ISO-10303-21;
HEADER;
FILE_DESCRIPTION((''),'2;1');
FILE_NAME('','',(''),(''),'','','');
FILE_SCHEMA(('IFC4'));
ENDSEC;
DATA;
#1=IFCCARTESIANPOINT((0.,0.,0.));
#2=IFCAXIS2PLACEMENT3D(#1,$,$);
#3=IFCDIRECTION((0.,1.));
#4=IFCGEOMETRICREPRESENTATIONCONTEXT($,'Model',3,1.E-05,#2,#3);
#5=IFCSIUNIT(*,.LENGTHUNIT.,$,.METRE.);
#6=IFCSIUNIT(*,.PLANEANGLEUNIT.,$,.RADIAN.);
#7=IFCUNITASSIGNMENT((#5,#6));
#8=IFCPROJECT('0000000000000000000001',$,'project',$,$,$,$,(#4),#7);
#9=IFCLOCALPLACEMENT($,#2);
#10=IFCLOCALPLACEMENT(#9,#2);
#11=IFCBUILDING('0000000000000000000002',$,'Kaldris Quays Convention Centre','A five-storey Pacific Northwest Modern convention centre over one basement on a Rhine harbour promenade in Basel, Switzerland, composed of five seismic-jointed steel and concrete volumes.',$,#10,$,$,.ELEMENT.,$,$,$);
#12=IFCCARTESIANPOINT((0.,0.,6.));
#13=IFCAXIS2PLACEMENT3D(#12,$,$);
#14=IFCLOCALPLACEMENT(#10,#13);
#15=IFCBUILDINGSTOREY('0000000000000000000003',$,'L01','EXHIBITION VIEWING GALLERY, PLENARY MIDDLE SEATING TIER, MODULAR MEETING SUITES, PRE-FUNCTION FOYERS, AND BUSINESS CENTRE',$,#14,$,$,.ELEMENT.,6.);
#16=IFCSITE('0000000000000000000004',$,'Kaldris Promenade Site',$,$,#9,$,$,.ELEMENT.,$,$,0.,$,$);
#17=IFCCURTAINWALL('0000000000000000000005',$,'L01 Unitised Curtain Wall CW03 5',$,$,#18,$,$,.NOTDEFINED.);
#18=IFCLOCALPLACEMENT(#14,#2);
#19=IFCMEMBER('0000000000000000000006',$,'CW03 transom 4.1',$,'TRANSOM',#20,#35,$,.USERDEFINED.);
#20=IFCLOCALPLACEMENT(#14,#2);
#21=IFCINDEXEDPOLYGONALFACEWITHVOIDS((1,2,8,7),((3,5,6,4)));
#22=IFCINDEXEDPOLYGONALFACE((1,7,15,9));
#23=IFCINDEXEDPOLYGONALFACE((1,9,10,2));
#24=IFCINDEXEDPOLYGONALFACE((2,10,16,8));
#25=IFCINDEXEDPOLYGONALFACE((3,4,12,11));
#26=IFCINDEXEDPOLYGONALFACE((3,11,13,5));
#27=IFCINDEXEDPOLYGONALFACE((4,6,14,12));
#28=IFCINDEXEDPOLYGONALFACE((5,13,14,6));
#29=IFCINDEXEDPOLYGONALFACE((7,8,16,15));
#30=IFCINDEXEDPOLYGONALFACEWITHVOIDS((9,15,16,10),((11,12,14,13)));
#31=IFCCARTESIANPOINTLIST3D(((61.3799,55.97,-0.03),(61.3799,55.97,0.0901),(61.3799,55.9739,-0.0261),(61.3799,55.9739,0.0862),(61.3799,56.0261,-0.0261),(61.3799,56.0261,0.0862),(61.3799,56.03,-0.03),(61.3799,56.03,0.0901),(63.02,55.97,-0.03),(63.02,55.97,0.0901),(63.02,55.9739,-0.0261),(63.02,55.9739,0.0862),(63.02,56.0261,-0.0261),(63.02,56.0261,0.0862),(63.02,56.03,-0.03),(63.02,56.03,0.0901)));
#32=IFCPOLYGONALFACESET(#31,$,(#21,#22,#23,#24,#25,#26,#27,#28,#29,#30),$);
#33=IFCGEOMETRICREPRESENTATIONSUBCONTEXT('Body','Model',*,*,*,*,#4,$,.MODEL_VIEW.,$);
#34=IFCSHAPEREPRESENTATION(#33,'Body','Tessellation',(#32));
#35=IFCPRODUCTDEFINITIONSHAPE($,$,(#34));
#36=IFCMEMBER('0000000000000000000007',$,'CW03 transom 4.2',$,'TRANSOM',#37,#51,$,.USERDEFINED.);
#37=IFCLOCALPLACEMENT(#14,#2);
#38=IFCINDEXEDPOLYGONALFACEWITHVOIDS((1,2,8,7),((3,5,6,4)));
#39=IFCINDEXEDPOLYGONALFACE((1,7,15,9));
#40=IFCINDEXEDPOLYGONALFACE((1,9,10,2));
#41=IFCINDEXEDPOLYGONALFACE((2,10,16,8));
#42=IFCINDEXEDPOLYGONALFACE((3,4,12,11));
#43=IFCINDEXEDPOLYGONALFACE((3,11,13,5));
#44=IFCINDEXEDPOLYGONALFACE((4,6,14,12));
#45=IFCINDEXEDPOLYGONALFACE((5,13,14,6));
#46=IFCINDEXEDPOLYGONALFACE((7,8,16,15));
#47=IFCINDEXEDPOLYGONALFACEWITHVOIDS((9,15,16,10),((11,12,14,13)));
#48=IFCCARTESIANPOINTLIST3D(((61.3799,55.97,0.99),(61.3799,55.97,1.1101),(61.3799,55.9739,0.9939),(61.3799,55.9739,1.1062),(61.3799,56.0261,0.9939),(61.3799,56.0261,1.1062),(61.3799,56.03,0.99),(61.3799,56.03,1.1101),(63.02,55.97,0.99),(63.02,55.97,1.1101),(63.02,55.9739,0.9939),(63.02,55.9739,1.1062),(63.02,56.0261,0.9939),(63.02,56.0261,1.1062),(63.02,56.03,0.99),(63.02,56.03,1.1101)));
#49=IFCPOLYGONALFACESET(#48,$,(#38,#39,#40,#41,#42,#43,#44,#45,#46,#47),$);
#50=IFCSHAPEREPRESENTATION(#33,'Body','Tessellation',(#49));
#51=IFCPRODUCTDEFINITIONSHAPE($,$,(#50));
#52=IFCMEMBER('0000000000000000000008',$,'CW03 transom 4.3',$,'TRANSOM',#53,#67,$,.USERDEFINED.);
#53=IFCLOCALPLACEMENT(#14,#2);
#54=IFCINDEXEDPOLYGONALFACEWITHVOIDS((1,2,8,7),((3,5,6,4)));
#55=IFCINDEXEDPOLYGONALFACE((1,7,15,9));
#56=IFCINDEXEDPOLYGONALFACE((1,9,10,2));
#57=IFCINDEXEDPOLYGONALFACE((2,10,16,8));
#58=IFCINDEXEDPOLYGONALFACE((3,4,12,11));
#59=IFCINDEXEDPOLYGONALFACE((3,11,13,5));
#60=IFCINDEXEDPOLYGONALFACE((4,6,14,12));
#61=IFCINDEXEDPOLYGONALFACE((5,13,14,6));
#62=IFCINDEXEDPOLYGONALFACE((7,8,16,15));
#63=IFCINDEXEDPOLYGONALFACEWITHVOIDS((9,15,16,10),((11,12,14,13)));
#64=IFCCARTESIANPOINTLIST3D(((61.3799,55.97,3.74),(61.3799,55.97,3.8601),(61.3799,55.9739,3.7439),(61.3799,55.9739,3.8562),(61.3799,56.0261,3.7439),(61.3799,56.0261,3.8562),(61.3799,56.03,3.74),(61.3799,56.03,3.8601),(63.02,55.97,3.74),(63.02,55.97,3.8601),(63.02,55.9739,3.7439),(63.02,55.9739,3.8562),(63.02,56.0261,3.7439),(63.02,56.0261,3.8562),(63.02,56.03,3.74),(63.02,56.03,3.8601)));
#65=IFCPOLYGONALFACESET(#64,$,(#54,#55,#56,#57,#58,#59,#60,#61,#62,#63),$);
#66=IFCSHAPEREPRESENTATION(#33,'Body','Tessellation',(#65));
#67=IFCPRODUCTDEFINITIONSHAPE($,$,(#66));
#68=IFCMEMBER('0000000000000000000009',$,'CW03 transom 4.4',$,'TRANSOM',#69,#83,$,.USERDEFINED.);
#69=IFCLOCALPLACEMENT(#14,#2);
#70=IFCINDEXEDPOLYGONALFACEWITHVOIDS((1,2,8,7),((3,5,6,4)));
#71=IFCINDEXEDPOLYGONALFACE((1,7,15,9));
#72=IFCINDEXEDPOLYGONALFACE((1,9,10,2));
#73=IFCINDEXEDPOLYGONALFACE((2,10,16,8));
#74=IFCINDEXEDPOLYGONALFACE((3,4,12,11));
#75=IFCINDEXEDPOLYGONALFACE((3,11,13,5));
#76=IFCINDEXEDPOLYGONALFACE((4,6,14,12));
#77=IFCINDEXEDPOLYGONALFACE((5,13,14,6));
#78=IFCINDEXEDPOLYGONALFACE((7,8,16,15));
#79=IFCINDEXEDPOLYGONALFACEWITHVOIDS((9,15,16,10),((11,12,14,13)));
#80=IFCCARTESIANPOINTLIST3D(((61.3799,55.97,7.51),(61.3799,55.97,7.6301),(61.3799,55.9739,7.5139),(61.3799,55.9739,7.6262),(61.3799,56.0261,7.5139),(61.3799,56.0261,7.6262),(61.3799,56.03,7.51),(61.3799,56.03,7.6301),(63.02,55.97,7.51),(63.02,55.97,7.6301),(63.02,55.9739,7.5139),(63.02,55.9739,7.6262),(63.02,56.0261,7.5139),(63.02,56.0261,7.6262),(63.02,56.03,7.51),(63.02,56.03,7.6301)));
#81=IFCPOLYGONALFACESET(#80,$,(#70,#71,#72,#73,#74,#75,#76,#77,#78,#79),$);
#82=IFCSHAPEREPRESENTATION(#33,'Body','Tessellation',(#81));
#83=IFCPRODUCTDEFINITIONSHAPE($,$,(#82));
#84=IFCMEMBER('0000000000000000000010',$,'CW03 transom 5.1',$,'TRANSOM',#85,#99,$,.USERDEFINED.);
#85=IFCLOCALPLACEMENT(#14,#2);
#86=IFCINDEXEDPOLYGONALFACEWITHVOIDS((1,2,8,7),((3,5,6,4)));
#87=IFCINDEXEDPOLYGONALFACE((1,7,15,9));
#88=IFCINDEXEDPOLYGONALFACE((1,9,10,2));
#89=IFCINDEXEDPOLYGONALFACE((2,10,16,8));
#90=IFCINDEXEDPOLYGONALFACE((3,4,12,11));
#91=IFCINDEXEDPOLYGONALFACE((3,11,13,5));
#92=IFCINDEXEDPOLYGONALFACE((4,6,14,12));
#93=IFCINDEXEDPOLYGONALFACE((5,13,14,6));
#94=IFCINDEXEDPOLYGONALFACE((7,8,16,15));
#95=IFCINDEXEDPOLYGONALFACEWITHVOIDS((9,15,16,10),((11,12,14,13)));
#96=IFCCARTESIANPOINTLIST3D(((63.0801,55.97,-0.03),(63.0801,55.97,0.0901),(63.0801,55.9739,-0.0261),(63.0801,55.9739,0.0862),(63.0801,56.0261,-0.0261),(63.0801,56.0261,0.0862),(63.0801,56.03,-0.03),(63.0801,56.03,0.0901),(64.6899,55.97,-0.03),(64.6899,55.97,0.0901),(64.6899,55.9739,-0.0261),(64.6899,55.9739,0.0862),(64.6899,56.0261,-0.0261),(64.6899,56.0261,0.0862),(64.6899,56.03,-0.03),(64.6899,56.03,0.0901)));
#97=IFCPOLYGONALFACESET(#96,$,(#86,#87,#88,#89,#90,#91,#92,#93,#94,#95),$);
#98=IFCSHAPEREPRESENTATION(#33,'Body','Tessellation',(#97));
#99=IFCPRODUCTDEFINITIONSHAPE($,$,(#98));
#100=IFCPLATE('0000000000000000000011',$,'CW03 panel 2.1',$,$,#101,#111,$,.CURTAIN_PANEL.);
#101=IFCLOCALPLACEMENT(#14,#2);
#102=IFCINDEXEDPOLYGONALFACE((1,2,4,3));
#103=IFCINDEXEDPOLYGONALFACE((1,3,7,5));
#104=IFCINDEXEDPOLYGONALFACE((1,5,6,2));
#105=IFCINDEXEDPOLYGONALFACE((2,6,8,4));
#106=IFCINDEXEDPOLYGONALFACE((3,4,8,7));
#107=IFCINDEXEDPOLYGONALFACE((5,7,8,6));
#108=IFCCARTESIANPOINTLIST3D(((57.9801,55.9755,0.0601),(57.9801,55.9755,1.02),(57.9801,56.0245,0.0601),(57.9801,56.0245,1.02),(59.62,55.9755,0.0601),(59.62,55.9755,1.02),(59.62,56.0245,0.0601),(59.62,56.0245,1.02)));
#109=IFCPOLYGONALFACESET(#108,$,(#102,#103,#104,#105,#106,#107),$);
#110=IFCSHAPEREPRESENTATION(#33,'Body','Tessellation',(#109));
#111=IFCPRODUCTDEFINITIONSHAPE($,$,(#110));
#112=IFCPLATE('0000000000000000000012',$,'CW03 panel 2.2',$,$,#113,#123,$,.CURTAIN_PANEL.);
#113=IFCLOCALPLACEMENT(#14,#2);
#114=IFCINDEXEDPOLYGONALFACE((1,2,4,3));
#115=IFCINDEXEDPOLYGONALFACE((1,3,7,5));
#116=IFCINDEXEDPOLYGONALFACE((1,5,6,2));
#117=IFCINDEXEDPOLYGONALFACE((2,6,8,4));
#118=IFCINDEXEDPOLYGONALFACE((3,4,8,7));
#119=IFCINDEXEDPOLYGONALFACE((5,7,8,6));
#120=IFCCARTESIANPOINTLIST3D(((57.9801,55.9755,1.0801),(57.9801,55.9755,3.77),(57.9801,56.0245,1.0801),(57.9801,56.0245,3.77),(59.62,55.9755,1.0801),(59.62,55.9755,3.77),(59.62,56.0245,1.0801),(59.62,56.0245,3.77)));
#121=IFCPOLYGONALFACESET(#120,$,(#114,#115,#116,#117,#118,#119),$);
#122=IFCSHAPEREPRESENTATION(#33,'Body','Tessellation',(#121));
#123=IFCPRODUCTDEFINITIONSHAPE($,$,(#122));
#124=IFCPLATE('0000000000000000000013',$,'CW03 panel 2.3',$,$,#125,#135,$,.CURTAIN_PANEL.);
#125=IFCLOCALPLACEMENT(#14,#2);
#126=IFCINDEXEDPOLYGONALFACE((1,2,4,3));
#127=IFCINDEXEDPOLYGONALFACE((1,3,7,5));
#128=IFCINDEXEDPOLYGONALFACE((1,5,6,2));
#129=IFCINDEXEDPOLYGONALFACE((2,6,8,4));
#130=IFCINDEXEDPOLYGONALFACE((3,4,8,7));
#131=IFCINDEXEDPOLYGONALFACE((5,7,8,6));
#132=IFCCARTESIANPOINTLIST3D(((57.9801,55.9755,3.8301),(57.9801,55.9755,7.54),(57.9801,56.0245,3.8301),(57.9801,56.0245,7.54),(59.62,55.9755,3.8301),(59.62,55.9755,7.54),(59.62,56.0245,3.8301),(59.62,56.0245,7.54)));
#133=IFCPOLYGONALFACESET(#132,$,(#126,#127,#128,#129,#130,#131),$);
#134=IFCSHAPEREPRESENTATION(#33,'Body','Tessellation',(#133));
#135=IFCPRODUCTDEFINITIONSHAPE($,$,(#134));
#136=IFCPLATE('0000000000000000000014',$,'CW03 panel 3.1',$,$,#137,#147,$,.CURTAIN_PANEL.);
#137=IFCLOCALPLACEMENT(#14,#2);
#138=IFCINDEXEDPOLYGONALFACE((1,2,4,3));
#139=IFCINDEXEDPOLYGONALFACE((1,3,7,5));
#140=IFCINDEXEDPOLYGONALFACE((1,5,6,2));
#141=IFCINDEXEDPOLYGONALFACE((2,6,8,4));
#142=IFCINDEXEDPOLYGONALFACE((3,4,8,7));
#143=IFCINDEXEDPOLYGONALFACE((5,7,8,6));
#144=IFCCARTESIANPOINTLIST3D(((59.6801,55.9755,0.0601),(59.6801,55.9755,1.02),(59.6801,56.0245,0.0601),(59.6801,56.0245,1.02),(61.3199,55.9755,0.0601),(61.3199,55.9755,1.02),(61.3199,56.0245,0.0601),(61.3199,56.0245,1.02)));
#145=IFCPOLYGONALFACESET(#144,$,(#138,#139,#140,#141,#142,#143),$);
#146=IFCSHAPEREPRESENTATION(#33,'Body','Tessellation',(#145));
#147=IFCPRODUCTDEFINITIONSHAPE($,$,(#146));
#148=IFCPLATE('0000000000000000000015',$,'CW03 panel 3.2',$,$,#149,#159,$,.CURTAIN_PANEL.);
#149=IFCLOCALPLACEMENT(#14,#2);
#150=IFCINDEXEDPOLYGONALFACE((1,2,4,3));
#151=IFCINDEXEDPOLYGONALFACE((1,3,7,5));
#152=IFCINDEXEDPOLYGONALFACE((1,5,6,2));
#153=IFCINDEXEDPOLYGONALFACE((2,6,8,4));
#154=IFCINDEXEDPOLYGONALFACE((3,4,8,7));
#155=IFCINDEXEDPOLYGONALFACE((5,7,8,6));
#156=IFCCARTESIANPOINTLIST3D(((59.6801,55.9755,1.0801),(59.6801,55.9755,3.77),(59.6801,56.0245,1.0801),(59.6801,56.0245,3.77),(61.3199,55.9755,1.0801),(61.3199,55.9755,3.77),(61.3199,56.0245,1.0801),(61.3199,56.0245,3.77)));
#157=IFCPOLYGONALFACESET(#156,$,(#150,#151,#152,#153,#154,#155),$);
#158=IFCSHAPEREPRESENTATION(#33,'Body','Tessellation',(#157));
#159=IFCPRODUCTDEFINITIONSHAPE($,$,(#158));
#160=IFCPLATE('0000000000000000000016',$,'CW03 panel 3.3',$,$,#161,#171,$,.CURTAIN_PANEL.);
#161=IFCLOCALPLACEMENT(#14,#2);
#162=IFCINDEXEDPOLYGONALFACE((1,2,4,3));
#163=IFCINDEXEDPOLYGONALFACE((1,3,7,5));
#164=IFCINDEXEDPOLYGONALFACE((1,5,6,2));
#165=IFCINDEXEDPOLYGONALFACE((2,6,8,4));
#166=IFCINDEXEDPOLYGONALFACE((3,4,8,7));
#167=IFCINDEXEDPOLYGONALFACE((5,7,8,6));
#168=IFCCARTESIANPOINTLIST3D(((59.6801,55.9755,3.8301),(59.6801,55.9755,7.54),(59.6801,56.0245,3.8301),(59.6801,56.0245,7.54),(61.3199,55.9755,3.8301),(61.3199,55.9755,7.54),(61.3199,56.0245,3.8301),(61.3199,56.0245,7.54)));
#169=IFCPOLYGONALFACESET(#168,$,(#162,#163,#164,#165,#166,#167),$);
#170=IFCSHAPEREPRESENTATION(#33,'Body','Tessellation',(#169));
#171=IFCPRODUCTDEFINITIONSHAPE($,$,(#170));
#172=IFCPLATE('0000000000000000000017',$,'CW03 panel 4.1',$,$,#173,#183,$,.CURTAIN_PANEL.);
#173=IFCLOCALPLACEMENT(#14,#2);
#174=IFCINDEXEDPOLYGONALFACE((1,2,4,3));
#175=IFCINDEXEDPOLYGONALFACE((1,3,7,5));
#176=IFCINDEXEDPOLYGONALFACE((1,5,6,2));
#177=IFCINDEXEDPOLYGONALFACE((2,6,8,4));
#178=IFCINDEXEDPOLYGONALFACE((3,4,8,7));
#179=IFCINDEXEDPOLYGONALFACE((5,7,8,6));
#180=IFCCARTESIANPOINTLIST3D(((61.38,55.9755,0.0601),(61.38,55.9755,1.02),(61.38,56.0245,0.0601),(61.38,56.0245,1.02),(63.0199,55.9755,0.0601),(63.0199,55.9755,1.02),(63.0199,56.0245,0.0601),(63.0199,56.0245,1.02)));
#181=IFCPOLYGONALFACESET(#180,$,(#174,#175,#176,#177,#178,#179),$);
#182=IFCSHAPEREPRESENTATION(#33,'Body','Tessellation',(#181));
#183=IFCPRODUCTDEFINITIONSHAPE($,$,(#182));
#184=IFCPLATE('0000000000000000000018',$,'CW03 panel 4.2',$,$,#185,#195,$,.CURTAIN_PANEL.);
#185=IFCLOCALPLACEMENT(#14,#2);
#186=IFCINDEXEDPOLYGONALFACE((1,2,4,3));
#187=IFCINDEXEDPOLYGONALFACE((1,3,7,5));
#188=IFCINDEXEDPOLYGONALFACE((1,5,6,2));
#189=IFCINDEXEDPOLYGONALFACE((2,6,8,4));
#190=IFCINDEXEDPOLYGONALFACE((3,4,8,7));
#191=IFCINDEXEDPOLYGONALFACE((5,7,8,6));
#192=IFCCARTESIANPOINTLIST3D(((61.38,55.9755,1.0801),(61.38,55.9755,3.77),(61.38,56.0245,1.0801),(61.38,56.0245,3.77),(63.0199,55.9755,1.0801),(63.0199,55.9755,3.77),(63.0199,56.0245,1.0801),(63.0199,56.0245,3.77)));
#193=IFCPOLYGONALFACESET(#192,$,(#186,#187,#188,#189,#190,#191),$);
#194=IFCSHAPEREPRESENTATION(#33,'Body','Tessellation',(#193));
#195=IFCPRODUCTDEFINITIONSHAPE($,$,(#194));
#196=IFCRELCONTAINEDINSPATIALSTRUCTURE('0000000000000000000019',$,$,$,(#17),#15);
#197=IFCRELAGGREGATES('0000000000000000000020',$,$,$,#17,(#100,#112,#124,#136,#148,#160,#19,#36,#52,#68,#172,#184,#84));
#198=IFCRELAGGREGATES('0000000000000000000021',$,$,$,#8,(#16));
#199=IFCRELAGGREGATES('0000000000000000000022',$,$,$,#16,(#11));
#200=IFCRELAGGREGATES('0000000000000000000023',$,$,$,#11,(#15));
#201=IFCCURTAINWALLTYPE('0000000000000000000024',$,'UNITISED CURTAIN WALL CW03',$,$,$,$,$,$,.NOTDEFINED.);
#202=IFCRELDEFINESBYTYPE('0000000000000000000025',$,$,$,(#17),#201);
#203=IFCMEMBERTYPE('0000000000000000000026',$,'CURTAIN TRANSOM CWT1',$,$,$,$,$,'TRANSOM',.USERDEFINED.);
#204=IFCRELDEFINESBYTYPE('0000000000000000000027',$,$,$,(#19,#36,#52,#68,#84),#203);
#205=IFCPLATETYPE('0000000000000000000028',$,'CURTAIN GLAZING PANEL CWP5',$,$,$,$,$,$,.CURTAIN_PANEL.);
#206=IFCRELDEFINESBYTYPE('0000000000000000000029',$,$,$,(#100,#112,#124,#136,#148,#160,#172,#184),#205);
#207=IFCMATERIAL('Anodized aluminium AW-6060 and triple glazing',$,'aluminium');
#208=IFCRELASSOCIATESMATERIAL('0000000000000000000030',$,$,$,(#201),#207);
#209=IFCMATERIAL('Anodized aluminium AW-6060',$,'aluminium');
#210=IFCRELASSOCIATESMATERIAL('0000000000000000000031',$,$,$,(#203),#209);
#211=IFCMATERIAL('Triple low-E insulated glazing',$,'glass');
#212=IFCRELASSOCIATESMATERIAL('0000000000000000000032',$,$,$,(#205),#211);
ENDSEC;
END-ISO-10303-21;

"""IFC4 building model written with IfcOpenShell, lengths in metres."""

from ifc_helpers import new_model, si_unit, direction, frame, origin, origin_2d, place, context, subcontext, project, spatial, rectangle, hollow_rectangle, extrude, material, material_profile, profile_set, type_object, element, aggregate, save


model = new_model("IFC4")

# Units and contexts
model_context = context("Model", 3, precision=1e-05, world=origin(), true_north=direction((0.0, 1.0)))
body_context = subcontext(model_context, "Body", "Model", "MODEL_VIEW")
ifc_project = project(units=[si_unit("LENGTHUNIT", "METRE"), si_unit("PLANEANGLEUNIT", "RADIAN")], contexts=[model_context])

# Site, building, storey
site_placement = place(None, origin())
site = spatial("IfcSite", under=ifc_project, at=site_placement, Name="Kaldris Promenade Site", CompositionType="ELEMENT", RefElevation=0.0)
building_placement = place(site_placement, origin())
building = spatial("IfcBuilding", under=site, at=building_placement, Name="Kaldris Quays Convention Centre", Description="A five-storey Pacific Northwest Modern convention centre over one basement on a Rhine harbour promenade in Basel, Switzerland, composed of five seismic-jointed steel and concrete volumes.", CompositionType="ELEMENT")
storey_placement = place(building_placement, frame((0.0, 0.0, 6.0)))
storey = spatial("IfcBuildingStorey", under=building, at=storey_placement, Name="L01", Description="EXHIBITION VIEWING GALLERY, PLENARY MIDDLE SEATING TIER, MODULAR MEETING SUITES, PRE-FUNCTION FOYERS, AND BUSINESS CENTRE", CompositionType="ELEMENT", Elevation=6.0)

# Curtain wall, members, plates
ifc_material_1 = material(Name="Anodized aluminium AW-6060 and triple glazing", Category="aluminium")
curtain_wall_type = type_object("IfcCurtainWallType", Name="UNITISED CURTAIN WALL CW03", PredefinedType="NOTDEFINED", material=ifc_material_1)
curtain_wall_placement = place(storey_placement, origin())
curtain_wall = element("IfcCurtainWall", 1, at=curtain_wall_placement, inside=storey, type_object=curtain_wall_type, Name="L01 Unitised Curtain Wall CW03 5", PredefinedType="NOTDEFINED")
ifc_material_2 = material(Name="Anodized aluminium AW-6060", Category="aluminium")
ifc_material_profile_1 = material_profile(ifc_material_2, hollow_rectangle(XDim=0.0601, YDim=0.1201, WallThickness=0.0039, at=origin_2d()), Name="RHS 120x60x4")
ifc_profile_set_1 = profile_set([ifc_material_profile_1], Name="Anodized aluminium AW-6060")
member_type_1 = type_object("IfcMemberType", Name="CURTAIN TRANSOM CWT1", ElementType="TRANSOM", PredefinedType="USERDEFINED", material=ifc_profile_set_1)
member_1_placement = place(storey_placement, frame((61.3799, 56.0, 0.03), z_axis=(1.0, 0.0, 0.0), x_axis=(0.0, 1.0, 0.0)))
member_1 = element("IfcMember", 2, at=member_1_placement, type_object=member_type_1, Name="CW03 transom 4.1", ObjectType="TRANSOM", PredefinedType="USERDEFINED", context=body_context, shape_type="SweptSolid", body=[
    extrude(hollow_rectangle(XDim=0.0601, YDim=0.1201, WallThickness=0.0039, at=origin_2d()), origin(), (0.0, 0.0, 1.0), 1.6401),
])
member_2_placement = place(storey_placement, frame((61.3799, 56.0, 1.05), z_axis=(1.0, 0.0, 0.0), x_axis=(0.0, 1.0, 0.0)))
member_2 = element("IfcMember", 3, at=member_2_placement, type_object=member_type_1, Name="CW03 transom 4.2", ObjectType="TRANSOM", PredefinedType="USERDEFINED", context=body_context, shape_type="SweptSolid", body=[
    extrude(hollow_rectangle(XDim=0.0601, YDim=0.1201, WallThickness=0.0039, at=origin_2d()), origin(), (0.0, 0.0, 1.0), 1.6401),
])
member_3_placement = place(storey_placement, frame((61.3799, 56.0, 3.8), z_axis=(1.0, 0.0, 0.0), x_axis=(0.0, 1.0, 0.0)))
member_3 = element("IfcMember", 4, at=member_3_placement, type_object=member_type_1, Name="CW03 transom 4.3", ObjectType="TRANSOM", PredefinedType="USERDEFINED", context=body_context, shape_type="SweptSolid", body=[
    extrude(hollow_rectangle(XDim=0.0601, YDim=0.1201, WallThickness=0.0039, at=origin_2d()), origin(), (0.0, 0.0, 1.0), 1.6401),
])
member_4_placement = place(storey_placement, frame((61.3799, 56.0, 7.5701), z_axis=(1.0, 0.0, 0.0), x_axis=(0.0, 1.0, 0.0)))
member_4 = element("IfcMember", 5, at=member_4_placement, type_object=member_type_1, Name="CW03 transom 4.4", ObjectType="TRANSOM", PredefinedType="USERDEFINED", context=body_context, shape_type="SweptSolid", body=[
    extrude(hollow_rectangle(XDim=0.0601, YDim=0.1201, WallThickness=0.0039, at=origin_2d()), origin(), (0.0, 0.0, 1.0), 1.6401),
])
member_5_placement = place(storey_placement, frame((63.0801, 56.0, 0.03), z_axis=(1.0, 0.0, 0.0), x_axis=(0.0, 1.0, 0.0)))
member_5 = element("IfcMember", 6, at=member_5_placement, type_object=member_type_1, Name="CW03 transom 5.1", ObjectType="TRANSOM", PredefinedType="USERDEFINED", context=body_context, shape_type="SweptSolid", body=[
    extrude(hollow_rectangle(XDim=0.0601, YDim=0.1201, WallThickness=0.0039, at=origin_2d()), origin(), (0.0, 0.0, 1.0), 1.6099),
])
ifc_material_3 = material(Name="Triple low-E insulated glazing", Category="glass")
plate_type = type_object("IfcPlateType", Name="CURTAIN GLAZING PANEL CWP5", PredefinedType="CURTAIN_PANEL", material=ifc_material_3)
plate_1_placement = place(storey_placement, frame((58.8, 56.0, 0.0601), z_axis=(0.0, 0.0, 1.0), x_axis=(1.0, 0.0, 0.0)))
plate_1 = element("IfcPlate", 7, at=plate_1_placement, type_object=plate_type, Name="CW03 panel 2.1", PredefinedType="CURTAIN_PANEL", context=body_context, shape_type="SweptSolid", body=[
    extrude(rectangle(XDim=1.6399, YDim=0.0491, at=origin_2d()), origin(), (0.0, 0.0, 1.0), 0.96),
])
plate_2_placement = place(storey_placement, frame((58.8, 56.0, 1.0801), z_axis=(0.0, 0.0, 1.0), x_axis=(1.0, 0.0, 0.0)))
plate_2 = element("IfcPlate", 8, at=plate_2_placement, type_object=plate_type, Name="CW03 panel 2.2", PredefinedType="CURTAIN_PANEL", context=body_context, shape_type="SweptSolid", body=[
    extrude(rectangle(XDim=1.6399, YDim=0.0491, at=origin_2d()), origin(), (0.0, 0.0, 1.0), 2.6899),
])
plate_3_placement = place(storey_placement, frame((58.8, 56.0, 3.8301), z_axis=(0.0, 0.0, 1.0), x_axis=(1.0, 0.0, 0.0)))
plate_3 = element("IfcPlate", 9, at=plate_3_placement, type_object=plate_type, Name="CW03 panel 2.3", PredefinedType="CURTAIN_PANEL", context=body_context, shape_type="SweptSolid", body=[
    extrude(rectangle(XDim=1.6399, YDim=0.0491, at=origin_2d()), origin(), (0.0, 0.0, 1.0), 3.71),
])
plate_4_placement = place(storey_placement, frame((60.5, 56.0, 0.0601), z_axis=(0.0, 0.0, 1.0), x_axis=(1.0, 0.0, 0.0)))
plate_4 = element("IfcPlate", 10, at=plate_4_placement, type_object=plate_type, Name="CW03 panel 3.1", PredefinedType="CURTAIN_PANEL", context=body_context, shape_type="SweptSolid", body=[
    extrude(rectangle(XDim=1.6399, YDim=0.0491, at=origin_2d()), origin(), (0.0, 0.0, 1.0), 0.96),
])
plate_5_placement = place(storey_placement, frame((60.5, 56.0, 1.0801), z_axis=(0.0, 0.0, 1.0), x_axis=(1.0, 0.0, 0.0)))
plate_5 = element("IfcPlate", 11, at=plate_5_placement, type_object=plate_type, Name="CW03 panel 3.2", PredefinedType="CURTAIN_PANEL", context=body_context, shape_type="SweptSolid", body=[
    extrude(rectangle(XDim=1.6399, YDim=0.0491, at=origin_2d()), origin(), (0.0, 0.0, 1.0), 2.6899),
])
plate_6_placement = place(storey_placement, frame((60.5, 56.0, 3.8301), z_axis=(0.0, 0.0, 1.0), x_axis=(1.0, 0.0, 0.0)))
plate_6 = element("IfcPlate", 12, at=plate_6_placement, type_object=plate_type, Name="CW03 panel 3.3", PredefinedType="CURTAIN_PANEL", context=body_context, shape_type="SweptSolid", body=[
    extrude(rectangle(XDim=1.6399, YDim=0.0491, at=origin_2d()), origin(), (0.0, 0.0, 1.0), 3.71),
])
plate_7_placement = place(storey_placement, frame((62.2, 56.0, 0.0601), z_axis=(0.0, 0.0, 1.0), x_axis=(1.0, 0.0, 0.0)))
plate_7 = element("IfcPlate", 13, at=plate_7_placement, type_object=plate_type, Name="CW03 panel 4.1", PredefinedType="CURTAIN_PANEL", context=body_context, shape_type="SweptSolid", body=[
    extrude(rectangle(XDim=1.6399, YDim=0.0491, at=origin_2d()), origin(), (0.0, 0.0, 1.0), 0.96),
])
plate_8_placement = place(storey_placement, frame((62.2, 56.0, 1.0801), z_axis=(0.0, 0.0, 1.0), x_axis=(1.0, 0.0, 0.0)))
plate_8 = element("IfcPlate", 14, at=plate_8_placement, type_object=plate_type, Name="CW03 panel 4.2", PredefinedType="CURTAIN_PANEL", context=body_context, shape_type="SweptSolid", body=[
    extrude(rectangle(XDim=1.6399, YDim=0.0491, at=origin_2d()), origin(), (0.0, 0.0, 1.0), 2.6899),
])
aggregate(curtain_wall, [plate_1, plate_2, plate_3, plate_4, plate_5, plate_6, member_1, member_2, member_3, member_4, plate_7, plate_8, member_5])

save(model, "model.ifc")
